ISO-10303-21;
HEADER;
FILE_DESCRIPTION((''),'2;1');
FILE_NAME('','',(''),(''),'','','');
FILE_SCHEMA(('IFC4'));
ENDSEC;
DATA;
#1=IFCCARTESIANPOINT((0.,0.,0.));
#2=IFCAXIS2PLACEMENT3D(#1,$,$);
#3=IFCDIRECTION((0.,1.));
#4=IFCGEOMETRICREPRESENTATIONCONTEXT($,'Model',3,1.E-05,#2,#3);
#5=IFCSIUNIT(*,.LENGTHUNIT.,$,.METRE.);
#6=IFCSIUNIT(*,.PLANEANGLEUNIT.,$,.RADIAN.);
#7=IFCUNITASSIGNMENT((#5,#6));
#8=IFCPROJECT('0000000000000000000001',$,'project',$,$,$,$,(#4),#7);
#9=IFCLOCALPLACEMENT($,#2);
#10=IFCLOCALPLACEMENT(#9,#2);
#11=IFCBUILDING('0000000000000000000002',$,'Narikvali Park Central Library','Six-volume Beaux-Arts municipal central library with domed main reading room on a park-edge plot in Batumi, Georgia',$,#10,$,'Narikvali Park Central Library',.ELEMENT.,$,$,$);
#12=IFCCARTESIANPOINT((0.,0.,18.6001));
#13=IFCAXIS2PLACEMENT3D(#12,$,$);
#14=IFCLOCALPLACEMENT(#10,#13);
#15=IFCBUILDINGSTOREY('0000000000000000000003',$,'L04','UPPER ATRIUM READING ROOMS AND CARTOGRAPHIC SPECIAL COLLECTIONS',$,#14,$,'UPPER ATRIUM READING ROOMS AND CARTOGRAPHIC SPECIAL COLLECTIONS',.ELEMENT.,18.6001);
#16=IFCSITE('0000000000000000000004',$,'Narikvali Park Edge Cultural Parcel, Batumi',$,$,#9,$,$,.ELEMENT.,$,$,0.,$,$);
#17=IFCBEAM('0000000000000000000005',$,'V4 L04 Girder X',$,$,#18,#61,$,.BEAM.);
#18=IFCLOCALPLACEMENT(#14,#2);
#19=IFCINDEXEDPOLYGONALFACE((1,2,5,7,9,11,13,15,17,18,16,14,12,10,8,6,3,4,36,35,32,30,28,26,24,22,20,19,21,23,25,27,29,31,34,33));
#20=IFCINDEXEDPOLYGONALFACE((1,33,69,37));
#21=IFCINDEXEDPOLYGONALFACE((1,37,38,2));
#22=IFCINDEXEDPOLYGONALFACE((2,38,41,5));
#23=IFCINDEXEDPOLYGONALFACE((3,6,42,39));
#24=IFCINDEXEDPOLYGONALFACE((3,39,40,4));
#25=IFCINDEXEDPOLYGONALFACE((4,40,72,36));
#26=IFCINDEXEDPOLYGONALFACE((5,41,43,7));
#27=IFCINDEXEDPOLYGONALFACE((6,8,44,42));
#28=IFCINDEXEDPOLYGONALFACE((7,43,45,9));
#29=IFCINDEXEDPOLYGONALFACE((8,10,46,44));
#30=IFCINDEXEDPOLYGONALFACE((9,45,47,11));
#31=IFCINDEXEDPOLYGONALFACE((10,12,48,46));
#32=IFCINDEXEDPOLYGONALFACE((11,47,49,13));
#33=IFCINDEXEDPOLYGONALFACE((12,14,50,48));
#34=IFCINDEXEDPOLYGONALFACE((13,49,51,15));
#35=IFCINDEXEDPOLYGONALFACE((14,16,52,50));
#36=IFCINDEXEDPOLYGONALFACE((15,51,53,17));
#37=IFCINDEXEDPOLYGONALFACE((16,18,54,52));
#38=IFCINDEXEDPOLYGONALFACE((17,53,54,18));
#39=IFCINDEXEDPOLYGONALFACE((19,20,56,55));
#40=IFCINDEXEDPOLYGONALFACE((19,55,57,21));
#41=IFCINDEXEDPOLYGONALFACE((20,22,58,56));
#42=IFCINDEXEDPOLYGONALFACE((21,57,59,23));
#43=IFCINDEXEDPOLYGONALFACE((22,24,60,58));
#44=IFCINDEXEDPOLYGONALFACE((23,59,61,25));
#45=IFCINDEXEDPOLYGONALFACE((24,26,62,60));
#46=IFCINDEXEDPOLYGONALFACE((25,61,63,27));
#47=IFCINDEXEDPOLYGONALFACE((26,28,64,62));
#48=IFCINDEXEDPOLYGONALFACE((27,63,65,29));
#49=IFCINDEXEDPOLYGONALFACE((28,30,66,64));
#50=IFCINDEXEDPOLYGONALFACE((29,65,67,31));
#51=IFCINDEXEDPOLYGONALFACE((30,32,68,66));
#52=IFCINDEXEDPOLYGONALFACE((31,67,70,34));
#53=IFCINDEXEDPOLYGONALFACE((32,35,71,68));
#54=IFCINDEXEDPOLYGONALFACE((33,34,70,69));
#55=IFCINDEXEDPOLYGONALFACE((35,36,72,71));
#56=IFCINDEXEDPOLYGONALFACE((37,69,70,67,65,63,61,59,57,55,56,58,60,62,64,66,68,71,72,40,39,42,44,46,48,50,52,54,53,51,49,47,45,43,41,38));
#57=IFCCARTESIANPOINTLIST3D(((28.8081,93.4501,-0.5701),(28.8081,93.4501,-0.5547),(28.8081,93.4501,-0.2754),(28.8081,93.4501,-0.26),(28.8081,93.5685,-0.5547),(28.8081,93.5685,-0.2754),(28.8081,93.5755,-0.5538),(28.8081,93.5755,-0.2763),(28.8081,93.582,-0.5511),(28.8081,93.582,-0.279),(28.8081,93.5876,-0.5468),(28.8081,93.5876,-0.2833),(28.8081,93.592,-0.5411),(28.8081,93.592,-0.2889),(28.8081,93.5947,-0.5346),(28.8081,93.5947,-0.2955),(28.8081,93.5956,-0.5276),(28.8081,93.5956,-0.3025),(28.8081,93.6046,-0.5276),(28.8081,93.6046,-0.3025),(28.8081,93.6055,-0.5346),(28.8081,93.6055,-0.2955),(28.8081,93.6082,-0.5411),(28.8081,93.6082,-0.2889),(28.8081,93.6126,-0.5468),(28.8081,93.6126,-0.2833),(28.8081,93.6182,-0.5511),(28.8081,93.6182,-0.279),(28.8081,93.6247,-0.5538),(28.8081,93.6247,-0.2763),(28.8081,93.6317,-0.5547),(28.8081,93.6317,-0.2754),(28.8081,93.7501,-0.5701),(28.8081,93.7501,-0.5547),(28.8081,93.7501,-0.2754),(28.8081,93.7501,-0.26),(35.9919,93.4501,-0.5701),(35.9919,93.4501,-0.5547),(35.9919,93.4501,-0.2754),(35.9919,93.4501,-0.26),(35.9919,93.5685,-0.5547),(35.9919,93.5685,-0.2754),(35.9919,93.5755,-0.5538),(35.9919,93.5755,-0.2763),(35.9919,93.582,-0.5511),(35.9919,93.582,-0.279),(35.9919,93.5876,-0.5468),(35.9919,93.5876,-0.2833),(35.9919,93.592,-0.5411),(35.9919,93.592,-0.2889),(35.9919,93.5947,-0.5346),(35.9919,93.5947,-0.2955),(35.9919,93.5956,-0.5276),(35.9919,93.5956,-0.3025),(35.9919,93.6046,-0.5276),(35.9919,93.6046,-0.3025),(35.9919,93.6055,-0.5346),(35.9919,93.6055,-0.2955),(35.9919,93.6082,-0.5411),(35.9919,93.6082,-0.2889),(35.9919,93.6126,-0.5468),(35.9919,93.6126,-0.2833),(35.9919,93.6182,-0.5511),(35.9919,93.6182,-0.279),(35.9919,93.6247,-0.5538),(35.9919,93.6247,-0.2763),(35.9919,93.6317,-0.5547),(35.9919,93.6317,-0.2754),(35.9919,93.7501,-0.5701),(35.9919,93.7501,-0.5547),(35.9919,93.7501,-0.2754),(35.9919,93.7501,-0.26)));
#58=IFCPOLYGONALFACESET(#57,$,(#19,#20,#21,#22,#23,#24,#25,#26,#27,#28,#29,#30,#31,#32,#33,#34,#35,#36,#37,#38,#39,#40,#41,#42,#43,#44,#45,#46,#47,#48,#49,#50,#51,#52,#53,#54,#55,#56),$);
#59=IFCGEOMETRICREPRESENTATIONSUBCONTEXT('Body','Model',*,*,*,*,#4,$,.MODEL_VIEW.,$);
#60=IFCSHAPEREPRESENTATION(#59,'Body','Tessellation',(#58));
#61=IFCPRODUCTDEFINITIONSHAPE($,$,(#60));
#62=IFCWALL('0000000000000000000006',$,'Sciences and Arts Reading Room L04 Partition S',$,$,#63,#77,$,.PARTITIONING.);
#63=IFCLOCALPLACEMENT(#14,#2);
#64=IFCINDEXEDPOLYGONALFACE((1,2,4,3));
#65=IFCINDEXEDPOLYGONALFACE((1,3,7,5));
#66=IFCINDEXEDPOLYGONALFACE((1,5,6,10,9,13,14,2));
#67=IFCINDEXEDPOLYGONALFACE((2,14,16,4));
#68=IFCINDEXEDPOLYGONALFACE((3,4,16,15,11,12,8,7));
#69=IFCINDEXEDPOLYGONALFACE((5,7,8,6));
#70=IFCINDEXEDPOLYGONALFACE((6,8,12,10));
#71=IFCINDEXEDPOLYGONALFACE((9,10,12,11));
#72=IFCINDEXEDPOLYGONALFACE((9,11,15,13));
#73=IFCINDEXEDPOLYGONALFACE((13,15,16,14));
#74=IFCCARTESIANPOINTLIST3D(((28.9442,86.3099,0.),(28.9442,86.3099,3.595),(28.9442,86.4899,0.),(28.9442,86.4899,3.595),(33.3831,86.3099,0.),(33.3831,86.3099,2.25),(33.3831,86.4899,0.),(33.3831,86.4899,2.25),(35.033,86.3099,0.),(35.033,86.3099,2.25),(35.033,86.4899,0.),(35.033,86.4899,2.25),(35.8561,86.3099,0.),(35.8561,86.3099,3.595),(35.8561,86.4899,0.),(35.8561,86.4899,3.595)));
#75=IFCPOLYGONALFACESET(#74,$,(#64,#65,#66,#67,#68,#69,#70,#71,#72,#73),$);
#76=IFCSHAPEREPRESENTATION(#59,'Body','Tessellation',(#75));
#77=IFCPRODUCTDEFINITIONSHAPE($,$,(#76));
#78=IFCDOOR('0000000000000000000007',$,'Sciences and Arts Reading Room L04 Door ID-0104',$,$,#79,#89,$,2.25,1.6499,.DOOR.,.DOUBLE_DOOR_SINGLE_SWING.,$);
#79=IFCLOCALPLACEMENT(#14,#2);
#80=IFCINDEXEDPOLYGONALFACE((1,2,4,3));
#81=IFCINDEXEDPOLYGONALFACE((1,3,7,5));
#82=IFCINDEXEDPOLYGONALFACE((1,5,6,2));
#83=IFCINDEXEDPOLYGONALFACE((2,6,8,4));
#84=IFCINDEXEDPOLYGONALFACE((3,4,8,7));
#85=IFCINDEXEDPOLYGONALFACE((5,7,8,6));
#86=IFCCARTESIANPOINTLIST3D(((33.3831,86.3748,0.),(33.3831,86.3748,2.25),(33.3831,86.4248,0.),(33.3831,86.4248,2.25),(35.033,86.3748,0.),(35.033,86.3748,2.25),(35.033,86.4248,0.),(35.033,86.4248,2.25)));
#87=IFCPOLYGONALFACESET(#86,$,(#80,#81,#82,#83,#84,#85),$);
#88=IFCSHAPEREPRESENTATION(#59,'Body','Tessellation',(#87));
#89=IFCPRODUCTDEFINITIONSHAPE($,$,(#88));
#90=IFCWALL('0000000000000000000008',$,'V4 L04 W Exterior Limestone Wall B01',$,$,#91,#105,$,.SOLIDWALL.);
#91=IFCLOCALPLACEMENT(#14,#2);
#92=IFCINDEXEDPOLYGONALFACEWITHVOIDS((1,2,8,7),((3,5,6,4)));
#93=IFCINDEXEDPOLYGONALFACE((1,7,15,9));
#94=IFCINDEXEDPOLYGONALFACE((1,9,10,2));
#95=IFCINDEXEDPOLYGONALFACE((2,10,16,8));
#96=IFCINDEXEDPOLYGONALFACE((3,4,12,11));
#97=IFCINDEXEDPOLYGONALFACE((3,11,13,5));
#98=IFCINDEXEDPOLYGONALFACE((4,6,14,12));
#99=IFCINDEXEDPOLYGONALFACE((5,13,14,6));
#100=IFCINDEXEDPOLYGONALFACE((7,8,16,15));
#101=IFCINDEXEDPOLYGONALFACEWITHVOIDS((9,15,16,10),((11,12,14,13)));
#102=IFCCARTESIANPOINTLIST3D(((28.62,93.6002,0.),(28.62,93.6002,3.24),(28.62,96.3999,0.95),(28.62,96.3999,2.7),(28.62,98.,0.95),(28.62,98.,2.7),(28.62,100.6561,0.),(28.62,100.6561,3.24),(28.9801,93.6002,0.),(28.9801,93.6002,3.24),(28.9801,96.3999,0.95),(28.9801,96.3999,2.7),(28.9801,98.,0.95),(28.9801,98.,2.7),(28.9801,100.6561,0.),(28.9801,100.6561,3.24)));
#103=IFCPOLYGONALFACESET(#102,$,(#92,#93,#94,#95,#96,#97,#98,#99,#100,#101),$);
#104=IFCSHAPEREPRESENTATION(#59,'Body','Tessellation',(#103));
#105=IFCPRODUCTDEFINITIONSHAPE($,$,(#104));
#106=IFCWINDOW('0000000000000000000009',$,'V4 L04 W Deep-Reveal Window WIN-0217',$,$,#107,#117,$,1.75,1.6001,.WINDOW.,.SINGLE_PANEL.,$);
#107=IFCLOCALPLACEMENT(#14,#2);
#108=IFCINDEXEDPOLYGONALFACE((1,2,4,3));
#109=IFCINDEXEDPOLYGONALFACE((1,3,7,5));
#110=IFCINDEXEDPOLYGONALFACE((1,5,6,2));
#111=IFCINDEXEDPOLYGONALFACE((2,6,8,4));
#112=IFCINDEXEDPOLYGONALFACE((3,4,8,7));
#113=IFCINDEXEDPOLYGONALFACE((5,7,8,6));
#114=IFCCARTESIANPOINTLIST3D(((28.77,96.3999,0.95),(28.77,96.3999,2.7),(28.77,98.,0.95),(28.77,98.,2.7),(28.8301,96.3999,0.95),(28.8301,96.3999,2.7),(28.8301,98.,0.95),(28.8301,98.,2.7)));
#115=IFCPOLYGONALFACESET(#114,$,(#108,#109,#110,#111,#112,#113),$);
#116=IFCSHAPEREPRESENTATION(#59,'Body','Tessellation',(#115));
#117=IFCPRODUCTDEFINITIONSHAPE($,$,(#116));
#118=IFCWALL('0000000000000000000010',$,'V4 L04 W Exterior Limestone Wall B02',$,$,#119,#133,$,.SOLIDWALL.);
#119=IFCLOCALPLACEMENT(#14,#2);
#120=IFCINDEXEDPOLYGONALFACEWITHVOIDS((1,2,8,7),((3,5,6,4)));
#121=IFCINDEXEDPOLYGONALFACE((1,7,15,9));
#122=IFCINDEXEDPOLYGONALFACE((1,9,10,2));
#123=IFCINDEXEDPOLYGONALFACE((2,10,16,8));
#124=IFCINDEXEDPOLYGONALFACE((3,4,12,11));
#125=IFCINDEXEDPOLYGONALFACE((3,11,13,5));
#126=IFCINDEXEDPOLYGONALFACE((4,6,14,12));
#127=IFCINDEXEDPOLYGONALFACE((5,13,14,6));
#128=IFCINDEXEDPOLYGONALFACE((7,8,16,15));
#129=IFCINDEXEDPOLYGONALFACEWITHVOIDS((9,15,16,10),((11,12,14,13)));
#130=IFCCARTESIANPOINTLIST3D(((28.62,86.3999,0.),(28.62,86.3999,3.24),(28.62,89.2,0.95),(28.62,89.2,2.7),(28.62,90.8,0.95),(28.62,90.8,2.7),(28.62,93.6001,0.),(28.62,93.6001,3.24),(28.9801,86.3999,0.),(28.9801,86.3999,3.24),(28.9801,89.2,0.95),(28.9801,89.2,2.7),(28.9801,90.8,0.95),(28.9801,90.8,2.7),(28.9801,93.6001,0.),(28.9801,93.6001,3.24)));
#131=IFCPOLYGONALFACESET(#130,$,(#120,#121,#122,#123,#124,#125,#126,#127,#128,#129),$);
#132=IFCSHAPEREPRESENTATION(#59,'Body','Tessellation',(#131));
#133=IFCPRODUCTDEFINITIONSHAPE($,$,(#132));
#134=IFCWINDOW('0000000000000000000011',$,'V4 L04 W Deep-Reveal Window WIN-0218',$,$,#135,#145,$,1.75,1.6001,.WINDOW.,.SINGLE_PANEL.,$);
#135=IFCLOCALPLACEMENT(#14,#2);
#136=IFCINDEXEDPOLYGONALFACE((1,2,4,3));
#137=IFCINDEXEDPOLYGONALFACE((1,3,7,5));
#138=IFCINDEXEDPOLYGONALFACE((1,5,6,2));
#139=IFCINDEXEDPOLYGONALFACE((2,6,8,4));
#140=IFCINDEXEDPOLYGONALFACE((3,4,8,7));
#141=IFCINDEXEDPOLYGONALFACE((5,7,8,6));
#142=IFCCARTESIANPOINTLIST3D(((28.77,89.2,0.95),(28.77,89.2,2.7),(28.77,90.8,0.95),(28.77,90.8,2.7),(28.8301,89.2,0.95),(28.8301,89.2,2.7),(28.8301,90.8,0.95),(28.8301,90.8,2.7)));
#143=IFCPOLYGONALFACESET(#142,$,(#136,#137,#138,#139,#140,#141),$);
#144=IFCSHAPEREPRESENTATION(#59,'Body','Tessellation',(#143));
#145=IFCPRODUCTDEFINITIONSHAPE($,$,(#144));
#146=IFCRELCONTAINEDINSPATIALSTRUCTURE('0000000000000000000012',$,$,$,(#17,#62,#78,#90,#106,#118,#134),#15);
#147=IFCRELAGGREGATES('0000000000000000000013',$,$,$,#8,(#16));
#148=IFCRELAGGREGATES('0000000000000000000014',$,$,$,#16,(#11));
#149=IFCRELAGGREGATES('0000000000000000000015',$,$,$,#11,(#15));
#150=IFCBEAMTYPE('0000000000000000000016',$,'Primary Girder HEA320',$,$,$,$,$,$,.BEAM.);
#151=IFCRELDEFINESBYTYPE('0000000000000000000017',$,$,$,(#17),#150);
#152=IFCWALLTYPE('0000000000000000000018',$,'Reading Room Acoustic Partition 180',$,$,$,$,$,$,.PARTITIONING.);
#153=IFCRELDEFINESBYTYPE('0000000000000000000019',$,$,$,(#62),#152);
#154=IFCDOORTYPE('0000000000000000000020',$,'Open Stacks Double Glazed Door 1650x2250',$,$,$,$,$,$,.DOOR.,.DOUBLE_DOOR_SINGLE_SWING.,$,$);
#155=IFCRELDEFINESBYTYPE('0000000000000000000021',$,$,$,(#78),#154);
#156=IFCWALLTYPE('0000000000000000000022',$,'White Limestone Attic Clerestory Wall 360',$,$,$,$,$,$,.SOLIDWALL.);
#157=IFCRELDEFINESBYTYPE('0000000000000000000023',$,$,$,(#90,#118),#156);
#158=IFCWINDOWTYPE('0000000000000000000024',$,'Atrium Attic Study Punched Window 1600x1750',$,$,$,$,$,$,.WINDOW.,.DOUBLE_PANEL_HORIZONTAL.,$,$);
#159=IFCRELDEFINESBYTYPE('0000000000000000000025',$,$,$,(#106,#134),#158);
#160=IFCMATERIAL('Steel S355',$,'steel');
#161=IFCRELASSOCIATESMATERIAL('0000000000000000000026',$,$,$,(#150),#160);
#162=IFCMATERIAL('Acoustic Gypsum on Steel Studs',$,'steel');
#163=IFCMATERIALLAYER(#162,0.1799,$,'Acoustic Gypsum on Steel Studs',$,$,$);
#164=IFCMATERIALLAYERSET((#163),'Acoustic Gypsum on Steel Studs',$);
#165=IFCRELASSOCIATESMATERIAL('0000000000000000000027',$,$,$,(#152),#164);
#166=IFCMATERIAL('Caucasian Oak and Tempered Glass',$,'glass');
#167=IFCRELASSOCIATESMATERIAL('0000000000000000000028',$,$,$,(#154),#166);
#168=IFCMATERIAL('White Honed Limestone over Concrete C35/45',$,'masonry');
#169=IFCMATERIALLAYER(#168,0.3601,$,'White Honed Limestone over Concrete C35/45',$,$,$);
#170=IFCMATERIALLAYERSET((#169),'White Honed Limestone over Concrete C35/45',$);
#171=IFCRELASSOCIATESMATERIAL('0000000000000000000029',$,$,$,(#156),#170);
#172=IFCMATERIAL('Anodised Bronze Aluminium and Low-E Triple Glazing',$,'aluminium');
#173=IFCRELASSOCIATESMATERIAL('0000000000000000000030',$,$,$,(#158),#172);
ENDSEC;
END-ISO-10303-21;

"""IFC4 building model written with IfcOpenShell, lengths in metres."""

from ifc_helpers import new_model, si_unit, direction, frame, frame_2d, origin, origin_2d, place, context, subcontext, project, spatial, rectangle, i_section, extrude, material, layer, layer_set, material_profile, profile_set, type_object, element, fill, save


model = new_model("IFC4")

# Units and contexts
model_context = context("Model", 3, precision=1e-05, world=origin(), true_north=direction((0.0, 1.0)))
body_context = subcontext(model_context, "Body", "Model", "MODEL_VIEW")
ifc_project = project(units=[si_unit("LENGTHUNIT", "METRE"), si_unit("PLANEANGLEUNIT", "RADIAN")], contexts=[model_context])

# Site, building, storey
site_placement = place(None, origin())
site = spatial("IfcSite", under=ifc_project, at=site_placement, Name="Narikvali Park Edge Cultural Parcel, Batumi", CompositionType="ELEMENT", RefElevation=0.0)
building_placement = place(site_placement, origin())
building = spatial("IfcBuilding", under=site, at=building_placement, Name="Narikvali Park Central Library", Description="Six-volume Beaux-Arts municipal central library with domed main reading room on a park-edge plot in Batumi, Georgia", LongName="Narikvali Park Central Library", CompositionType="ELEMENT")
storey_placement = place(building_placement, frame((0.0, 0.0, 18.6001)))
storey = spatial("IfcBuildingStorey", under=building, at=storey_placement, Name="L04", Description="UPPER ATRIUM READING ROOMS AND CARTOGRAPHIC SPECIAL COLLECTIONS", LongName="UPPER ATRIUM READING ROOMS AND CARTOGRAPHIC SPECIAL COLLECTIONS", CompositionType="ELEMENT", Elevation=18.6001)

# Shared definitions
ifc_material_1 = material(Name="Steel S355", Category="steel")

# Beam
ifc_material_profile_1 = material_profile(ifc_material_1, i_section(OverallWidth=0.3, OverallDepth=0.3101, WebThickness=0.009, FlangeThickness=0.0154, FilletRadius=0.0271, at=origin_2d()), Name="HEA 320")
ifc_profile_set_1 = profile_set([ifc_material_profile_1], Name="Steel S355")
beam_type_1 = type_object("IfcBeamType", Name="Primary Girder HEA320", PredefinedType="BEAM", material=ifc_profile_set_1)
for number, where, z_axis, x_axis, name in (
    (1, (28.8081, 93.6001, -0.415), (1.0, 0.0, 0.0), (0.0, 1.0, 0.0), "V4 L04 Girder X"),
):
    element("IfcBeam", number, at=place(storey_placement, frame(where, z_axis=z_axis, x_axis=x_axis)), inside=storey, type_object=beam_type_1, Name=name, PredefinedType="BEAM", context=body_context, shape_type="SweptSolid", body=[
        extrude(i_section(OverallWidth=0.3, OverallDepth=0.3101, WebThickness=0.009, FlangeThickness=0.0154, FilletRadius=0.0271, at=origin_2d()), origin(), (0.0, 0.0, 1.0), 7.1838),
    ])

# Wall, opening, door
ifc_material_2 = material(Name="Acoustic Gypsum on Steel Studs", Category="steel")
ifc_layer_1 = layer(ifc_material_2, 0.1799, Name="Acoustic Gypsum on Steel Studs")
ifc_layer_set_1 = layer_set([ifc_layer_1], Name="Acoustic Gypsum on Steel Studs")
wall_type_1 = type_object("IfcWallType", Name="Reading Room Acoustic Partition 180", PredefinedType="PARTITIONING", material=ifc_layer_set_1)
wall_1_placement = place(storey_placement, frame((28.9441, 86.3999, 0.0), z_axis=(0.0, 0.0, 1.0), x_axis=(1.0, 0.0, 0.0)))
wall_1 = element("IfcWall", 2, at=wall_1_placement, inside=storey, type_object=wall_type_1, Name="Sciences and Arts Reading Room L04 Partition S", PredefinedType="PARTITIONING", context=body_context, shape_type="SweptSolid", body=[
    extrude(rectangle(XDim=6.9119, YDim=0.1799, at=frame_2d((3.4561, 0.0))), origin(), (0.0, 0.0, 1.0), 3.595),
])
opening_1_placement = place(wall_1_placement, frame((4.439, 0.0, 0.0)))
opening_1 = element("IfcOpeningElement", 3, at=opening_1_placement, cuts=wall_1, PredefinedType="OPENING", context=body_context, shape_type="SweptSolid", body=[
    extrude(rectangle(XDim=1.6499, YDim=2.25, at=frame_2d((0.825, 1.125))), frame((0.0, 0.1021, 0.0), z_axis=(0.0, -1.0, 0.0), x_axis=(1.0, 0.0, 0.0)), (0.0, 0.0, 1.0), 0.2039),
])
ifc_material_3 = material(Name="Caucasian Oak and Tempered Glass", Category="glass")
door_type = type_object("IfcDoorType", Name="Open Stacks Double Glazed Door 1650x2250", OperationType="DOUBLE_DOOR_SINGLE_SWING", PredefinedType="DOOR", material=ifc_material_3)
door_placement = place(opening_1_placement, origin())
door = element("IfcDoor", 4, at=door_placement, inside=storey, type_object=door_type, Name="Sciences and Arts Reading Room L04 Door ID-0104", OperationType="DOUBLE_DOOR_SINGLE_SWING", OverallHeight=2.25, OverallWidth=1.6499, PredefinedType="DOOR", context=body_context, shape_type="SweptSolid", body=[
    extrude(rectangle(XDim=1.6499, YDim=2.25, at=frame_2d((0.825, 1.125))), frame((0.0, 0.0249, 0.0), z_axis=(0.0, -1.0, 0.0), x_axis=(1.0, 0.0, 0.0)), (0.0, 0.0, 1.0), 0.05),
])
fill(opening_1, door)

# Walls, openings, windows
ifc_material_4 = material(Name="White Honed Limestone over Concrete C35/45", Category="masonry")
ifc_layer_2 = layer(ifc_material_4, 0.3601, Name="White Honed Limestone over Concrete C35/45")
ifc_layer_set_2 = layer_set([ifc_layer_2], Name="White Honed Limestone over Concrete C35/45")
wall_type_2 = type_object("IfcWallType", Name="White Limestone Attic Clerestory Wall 360", PredefinedType="SOLIDWALL", material=ifc_layer_set_2)
wall_2_placement = place(storey_placement, frame((28.8, 100.656, 0.0), z_axis=(0.0, 0.0, 1.0), x_axis=(0.0, -1.0, 0.0)))
wall_2 = element("IfcWall", 5, at=wall_2_placement, inside=storey, type_object=wall_type_2, Name="V4 L04 W Exterior Limestone Wall B01", PredefinedType="SOLIDWALL", context=body_context, shape_type="SweptSolid", body=[
    extrude(rectangle(XDim=7.0559, YDim=0.3601, at=frame_2d((3.5278, 0.0))), origin(), (0.0, 0.0, 1.0), 3.24),
])
opening_2_placement = place(wall_2_placement, frame((2.656, 0.0, 0.95)))
opening_2 = element("IfcOpeningElement", 6, at=opening_2_placement, cuts=wall_2, PredefinedType="OPENING", context=body_context, shape_type="SweptSolid", body=[
    extrude(rectangle(XDim=1.6001, YDim=1.75, at=frame_2d((0.8, 0.875))), frame((0.0, 0.1919, 0.0), z_axis=(0.0, -1.0, 0.0), x_axis=(1.0, 0.0, 0.0)), (0.0, 0.0, 1.0), 0.384),
])
ifc_material_5 = material(Name="Anodised Bronze Aluminium and Low-E Triple Glazing", Category="aluminium")
window_type = type_object("IfcWindowType", Name="Atrium Attic Study Punched Window 1600x1750", PartitioningType="DOUBLE_PANEL_HORIZONTAL", PredefinedType="WINDOW", material=ifc_material_5)
window_1_placement = place(opening_2_placement, origin())
window_1 = element("IfcWindow", 7, at=window_1_placement, inside=storey, type_object=window_type, Name="V4 L04 W Deep-Reveal Window WIN-0217", OverallHeight=1.75, OverallWidth=1.6001, PartitioningType="SINGLE_PANEL", PredefinedType="WINDOW", context=body_context, shape_type="SweptSolid", body=[
    extrude(rectangle(XDim=1.6001, YDim=1.75, at=frame_2d((0.8, 0.875))), frame((0.0, 0.03, 0.0), z_axis=(0.0, -1.0, 0.0), x_axis=(1.0, 0.0, 0.0)), (0.0, 0.0, 1.0), 0.0601),
])
fill(opening_2, window_1)
wall_3_placement = place(storey_placement, frame((28.8, 93.6001, 0.0), z_axis=(0.0, 0.0, 1.0), x_axis=(0.0, -1.0, 0.0)))
wall_3 = element("IfcWall", 8, at=wall_3_placement, inside=storey, type_object=wall_type_2, Name="V4 L04 W Exterior Limestone Wall B02", PredefinedType="SOLIDWALL", context=body_context, shape_type="SweptSolid", body=[
    extrude(rectangle(XDim=7.2002, YDim=0.3601, at=frame_2d((3.6001, 0.0))), origin(), (0.0, 0.0, 1.0), 3.24),
])
opening_3_placement = place(wall_3_placement, frame((2.8, 0.0, 0.95)))
opening_3 = element("IfcOpeningElement", 9, at=opening_3_placement, cuts=wall_3, PredefinedType="OPENING", context=body_context, shape_type="SweptSolid", body=[
    extrude(rectangle(XDim=1.6001, YDim=1.75, at=frame_2d((0.8, 0.875))), frame((0.0, 0.1919, 0.0), z_axis=(0.0, -1.0, 0.0), x_axis=(1.0, 0.0, 0.0)), (0.0, 0.0, 1.0), 0.384),
])
window_2_placement = place(opening_3_placement, origin())
window_2 = element("IfcWindow", 10, at=window_2_placement, inside=storey, type_object=window_type, Name="V4 L04 W Deep-Reveal Window WIN-0218", OverallHeight=1.75, OverallWidth=1.6001, PartitioningType="SINGLE_PANEL", PredefinedType="WINDOW", context=body_context, shape_type="SweptSolid", body=[
    extrude(rectangle(XDim=1.6001, YDim=1.75, at=frame_2d((0.8, 0.875))), frame((0.0, 0.03, 0.0), z_axis=(0.0, -1.0, 0.0), x_axis=(1.0, 0.0, 0.0)), (0.0, 0.0, 1.0), 0.0601),
])
fill(opening_3, window_2)

save(model, "model.ifc")
